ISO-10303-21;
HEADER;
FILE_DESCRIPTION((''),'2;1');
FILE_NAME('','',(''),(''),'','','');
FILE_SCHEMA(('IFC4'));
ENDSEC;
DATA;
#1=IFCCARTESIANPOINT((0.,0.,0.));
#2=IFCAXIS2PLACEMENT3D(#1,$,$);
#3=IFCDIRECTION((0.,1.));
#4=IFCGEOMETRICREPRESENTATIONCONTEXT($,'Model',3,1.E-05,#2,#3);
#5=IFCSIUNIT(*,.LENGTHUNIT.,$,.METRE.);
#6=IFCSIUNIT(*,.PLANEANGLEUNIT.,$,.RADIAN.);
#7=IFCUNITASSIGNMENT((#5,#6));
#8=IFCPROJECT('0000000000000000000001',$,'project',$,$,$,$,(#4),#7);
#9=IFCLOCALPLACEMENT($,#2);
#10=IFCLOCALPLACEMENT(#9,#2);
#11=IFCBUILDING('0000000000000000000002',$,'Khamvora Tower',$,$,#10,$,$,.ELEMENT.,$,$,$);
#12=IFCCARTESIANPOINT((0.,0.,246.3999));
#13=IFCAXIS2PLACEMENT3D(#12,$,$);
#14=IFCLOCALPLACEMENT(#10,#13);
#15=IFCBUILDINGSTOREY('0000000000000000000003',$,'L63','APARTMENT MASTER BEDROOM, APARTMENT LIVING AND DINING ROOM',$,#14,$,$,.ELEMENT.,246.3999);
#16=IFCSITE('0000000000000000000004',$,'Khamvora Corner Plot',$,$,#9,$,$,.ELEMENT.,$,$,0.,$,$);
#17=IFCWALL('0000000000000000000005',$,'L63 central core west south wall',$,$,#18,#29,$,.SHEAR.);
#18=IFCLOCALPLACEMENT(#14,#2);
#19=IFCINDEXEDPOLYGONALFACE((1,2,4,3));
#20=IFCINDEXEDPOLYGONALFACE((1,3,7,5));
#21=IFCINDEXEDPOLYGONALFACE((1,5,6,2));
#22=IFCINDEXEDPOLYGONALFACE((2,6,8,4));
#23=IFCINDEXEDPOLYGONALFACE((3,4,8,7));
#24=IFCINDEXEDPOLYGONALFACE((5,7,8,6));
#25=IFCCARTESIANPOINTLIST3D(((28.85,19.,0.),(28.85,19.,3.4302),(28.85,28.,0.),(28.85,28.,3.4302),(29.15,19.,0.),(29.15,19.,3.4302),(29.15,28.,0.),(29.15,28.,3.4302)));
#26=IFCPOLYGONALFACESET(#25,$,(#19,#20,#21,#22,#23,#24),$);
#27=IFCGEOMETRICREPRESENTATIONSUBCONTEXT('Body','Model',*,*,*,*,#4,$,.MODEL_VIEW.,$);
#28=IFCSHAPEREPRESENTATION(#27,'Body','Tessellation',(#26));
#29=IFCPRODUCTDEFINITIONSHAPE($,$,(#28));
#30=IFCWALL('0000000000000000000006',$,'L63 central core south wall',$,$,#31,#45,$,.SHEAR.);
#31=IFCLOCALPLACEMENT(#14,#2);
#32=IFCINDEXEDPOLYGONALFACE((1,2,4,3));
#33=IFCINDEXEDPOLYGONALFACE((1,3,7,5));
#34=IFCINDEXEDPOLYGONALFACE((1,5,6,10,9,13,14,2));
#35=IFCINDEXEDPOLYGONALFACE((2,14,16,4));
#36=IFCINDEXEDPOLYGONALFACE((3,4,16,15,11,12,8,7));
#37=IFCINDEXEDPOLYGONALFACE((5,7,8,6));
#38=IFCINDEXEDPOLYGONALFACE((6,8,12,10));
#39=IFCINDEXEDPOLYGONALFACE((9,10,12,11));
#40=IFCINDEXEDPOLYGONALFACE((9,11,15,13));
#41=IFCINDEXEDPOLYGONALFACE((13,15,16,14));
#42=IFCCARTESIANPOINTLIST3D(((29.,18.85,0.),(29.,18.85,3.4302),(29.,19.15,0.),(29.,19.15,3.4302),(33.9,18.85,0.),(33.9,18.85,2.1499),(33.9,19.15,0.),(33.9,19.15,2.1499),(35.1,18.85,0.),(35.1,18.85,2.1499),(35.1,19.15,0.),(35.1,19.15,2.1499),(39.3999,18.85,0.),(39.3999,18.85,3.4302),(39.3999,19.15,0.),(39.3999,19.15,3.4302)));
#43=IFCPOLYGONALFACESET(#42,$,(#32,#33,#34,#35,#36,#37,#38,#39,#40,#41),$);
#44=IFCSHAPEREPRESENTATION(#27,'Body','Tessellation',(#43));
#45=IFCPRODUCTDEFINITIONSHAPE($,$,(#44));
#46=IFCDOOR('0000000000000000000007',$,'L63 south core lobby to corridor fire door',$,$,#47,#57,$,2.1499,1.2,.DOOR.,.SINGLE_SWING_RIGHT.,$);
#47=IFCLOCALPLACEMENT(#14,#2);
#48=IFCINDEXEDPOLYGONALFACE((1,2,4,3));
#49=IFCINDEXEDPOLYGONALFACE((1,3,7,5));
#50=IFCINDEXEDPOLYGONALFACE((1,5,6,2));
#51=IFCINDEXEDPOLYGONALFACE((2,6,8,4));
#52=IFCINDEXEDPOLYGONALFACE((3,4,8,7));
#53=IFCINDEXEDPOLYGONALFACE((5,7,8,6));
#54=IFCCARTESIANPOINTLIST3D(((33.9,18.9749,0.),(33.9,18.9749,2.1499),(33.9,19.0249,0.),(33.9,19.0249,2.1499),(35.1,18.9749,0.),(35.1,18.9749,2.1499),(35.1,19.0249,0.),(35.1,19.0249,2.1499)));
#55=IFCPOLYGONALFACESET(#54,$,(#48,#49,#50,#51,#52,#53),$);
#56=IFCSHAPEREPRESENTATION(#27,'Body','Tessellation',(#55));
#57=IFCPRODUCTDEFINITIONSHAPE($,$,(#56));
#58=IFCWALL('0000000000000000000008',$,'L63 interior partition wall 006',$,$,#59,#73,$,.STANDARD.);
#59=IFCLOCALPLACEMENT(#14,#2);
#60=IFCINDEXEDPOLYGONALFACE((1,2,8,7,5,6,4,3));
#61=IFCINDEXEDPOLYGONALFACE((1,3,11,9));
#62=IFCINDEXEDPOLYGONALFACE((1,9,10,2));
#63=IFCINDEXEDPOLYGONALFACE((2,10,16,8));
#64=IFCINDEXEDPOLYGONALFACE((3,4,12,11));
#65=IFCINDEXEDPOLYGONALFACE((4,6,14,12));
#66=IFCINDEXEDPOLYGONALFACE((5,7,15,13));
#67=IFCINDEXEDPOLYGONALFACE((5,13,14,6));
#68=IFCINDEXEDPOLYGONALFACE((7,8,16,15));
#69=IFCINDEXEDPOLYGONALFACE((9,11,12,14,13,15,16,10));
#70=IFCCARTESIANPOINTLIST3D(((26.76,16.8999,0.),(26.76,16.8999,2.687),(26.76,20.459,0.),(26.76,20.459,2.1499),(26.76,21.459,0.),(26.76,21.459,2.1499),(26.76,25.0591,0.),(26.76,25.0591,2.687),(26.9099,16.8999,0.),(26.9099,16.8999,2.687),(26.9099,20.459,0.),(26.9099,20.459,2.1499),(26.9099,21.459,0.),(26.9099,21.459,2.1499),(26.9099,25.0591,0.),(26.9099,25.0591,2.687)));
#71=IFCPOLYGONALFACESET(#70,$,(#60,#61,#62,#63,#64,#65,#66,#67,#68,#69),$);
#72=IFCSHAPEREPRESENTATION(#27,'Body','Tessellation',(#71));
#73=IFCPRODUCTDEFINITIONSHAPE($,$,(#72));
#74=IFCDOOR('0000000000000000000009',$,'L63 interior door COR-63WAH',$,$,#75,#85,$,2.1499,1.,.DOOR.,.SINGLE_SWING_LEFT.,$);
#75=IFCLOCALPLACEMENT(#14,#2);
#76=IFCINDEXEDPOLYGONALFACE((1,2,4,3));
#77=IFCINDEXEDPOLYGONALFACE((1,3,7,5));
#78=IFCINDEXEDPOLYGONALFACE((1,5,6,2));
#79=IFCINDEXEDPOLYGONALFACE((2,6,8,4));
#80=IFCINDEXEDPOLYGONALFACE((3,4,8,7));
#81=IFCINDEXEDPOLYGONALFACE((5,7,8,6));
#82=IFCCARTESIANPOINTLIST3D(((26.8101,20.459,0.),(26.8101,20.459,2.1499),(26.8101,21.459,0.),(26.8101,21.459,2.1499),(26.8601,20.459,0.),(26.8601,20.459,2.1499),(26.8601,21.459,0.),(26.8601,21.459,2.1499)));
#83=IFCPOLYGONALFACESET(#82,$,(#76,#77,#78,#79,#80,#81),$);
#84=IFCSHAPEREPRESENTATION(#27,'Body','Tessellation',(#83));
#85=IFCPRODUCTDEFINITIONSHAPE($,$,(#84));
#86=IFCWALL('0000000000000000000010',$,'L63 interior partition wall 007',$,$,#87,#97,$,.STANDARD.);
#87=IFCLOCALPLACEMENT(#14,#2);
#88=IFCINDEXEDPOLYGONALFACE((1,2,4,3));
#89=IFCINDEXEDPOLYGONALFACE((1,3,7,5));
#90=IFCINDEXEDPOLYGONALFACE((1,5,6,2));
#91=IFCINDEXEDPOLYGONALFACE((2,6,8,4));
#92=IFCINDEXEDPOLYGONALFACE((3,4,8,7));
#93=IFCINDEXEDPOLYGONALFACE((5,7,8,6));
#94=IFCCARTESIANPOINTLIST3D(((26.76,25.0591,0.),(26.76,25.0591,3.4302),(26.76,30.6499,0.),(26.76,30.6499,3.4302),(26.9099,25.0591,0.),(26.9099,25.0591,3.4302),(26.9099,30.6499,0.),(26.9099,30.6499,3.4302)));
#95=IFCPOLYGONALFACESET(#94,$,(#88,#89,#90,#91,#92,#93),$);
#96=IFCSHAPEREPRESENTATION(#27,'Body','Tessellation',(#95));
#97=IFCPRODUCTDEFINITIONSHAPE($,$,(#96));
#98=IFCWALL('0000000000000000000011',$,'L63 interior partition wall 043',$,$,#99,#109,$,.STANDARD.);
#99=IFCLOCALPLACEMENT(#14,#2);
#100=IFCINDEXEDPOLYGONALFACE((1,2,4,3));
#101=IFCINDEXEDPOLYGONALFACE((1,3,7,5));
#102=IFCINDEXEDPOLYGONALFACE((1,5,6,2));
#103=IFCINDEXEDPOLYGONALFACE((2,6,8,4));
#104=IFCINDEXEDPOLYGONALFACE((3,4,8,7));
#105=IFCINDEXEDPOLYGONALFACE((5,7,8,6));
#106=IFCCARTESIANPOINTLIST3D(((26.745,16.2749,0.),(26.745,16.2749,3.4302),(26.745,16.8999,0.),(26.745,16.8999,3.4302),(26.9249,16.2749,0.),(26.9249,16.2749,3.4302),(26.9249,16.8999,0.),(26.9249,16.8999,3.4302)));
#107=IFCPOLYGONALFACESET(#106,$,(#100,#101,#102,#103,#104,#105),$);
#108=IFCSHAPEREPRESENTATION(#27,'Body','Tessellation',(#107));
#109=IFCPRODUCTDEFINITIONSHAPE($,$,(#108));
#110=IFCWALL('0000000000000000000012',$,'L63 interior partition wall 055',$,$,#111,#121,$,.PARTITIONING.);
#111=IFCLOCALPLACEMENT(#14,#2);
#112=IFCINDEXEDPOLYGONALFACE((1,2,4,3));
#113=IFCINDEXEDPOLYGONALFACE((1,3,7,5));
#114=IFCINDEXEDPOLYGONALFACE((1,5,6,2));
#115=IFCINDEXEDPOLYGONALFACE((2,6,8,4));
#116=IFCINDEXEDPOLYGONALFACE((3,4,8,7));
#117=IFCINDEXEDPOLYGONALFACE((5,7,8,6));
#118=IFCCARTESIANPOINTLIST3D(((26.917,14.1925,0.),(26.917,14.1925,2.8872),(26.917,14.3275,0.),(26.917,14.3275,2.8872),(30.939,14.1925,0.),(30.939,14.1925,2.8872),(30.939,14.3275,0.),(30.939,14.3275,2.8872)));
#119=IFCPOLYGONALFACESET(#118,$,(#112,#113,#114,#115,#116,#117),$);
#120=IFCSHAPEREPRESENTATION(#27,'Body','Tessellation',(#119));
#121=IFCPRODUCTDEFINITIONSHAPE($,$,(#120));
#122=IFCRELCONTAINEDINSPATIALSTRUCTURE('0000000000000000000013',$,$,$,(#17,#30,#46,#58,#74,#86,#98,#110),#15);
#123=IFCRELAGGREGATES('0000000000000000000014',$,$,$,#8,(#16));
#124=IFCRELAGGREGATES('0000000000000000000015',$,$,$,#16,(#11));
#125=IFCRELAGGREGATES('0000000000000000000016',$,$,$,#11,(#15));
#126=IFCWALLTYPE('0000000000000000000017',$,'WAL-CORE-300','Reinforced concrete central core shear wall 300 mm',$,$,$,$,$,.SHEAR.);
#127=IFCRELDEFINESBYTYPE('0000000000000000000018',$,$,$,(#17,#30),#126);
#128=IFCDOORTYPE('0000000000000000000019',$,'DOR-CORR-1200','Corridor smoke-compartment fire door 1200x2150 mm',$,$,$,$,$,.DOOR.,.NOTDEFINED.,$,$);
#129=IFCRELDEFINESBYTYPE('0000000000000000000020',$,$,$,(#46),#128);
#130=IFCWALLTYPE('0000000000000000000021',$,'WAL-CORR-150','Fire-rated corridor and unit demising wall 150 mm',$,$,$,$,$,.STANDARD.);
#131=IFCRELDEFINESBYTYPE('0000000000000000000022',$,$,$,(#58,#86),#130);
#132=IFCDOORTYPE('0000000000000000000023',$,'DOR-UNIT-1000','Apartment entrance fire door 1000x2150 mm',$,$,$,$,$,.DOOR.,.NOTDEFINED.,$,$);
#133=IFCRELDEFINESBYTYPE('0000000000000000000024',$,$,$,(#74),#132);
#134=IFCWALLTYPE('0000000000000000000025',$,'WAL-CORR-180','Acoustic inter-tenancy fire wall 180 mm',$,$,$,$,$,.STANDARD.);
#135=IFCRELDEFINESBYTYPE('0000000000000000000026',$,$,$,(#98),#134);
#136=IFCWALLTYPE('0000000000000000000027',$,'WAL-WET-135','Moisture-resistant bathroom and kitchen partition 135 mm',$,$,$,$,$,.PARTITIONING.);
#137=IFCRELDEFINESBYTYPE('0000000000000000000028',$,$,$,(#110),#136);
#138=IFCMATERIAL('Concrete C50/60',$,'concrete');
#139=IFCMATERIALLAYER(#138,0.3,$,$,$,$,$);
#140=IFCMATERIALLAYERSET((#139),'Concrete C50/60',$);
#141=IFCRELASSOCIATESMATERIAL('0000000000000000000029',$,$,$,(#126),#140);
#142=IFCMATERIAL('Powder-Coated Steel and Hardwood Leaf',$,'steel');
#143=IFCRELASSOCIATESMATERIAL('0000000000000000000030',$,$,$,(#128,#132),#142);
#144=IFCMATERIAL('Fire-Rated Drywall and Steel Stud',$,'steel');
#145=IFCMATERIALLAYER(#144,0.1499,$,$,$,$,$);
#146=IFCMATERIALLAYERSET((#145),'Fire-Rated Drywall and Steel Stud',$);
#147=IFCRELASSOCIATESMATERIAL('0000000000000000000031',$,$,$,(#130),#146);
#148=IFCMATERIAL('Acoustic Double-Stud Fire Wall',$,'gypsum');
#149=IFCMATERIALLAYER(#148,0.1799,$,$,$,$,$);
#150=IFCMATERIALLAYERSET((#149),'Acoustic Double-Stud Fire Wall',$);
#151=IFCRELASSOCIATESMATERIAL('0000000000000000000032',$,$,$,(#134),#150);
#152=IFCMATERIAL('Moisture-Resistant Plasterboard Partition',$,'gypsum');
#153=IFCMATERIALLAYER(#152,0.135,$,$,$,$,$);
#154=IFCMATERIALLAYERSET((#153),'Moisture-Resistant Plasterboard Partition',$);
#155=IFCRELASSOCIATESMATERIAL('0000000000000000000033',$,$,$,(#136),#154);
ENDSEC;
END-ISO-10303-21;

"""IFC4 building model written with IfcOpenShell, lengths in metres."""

from ifc_helpers import new_model, si_unit, direction, frame, frame_2d, origin, place, context, subcontext, project, spatial, rectangle, extrude, material, layer, layer_set, type_object, element, fill, save


model = new_model("IFC4")

# Units and contexts
model_context = context("Model", 3, precision=1e-05, world=origin(), true_north=direction((0.0, 1.0)))
body_context = subcontext(model_context, "Body", "Model", "MODEL_VIEW")
ifc_project = project(units=[si_unit("LENGTHUNIT", "METRE"), si_unit("PLANEANGLEUNIT", "RADIAN")], contexts=[model_context])

# Site, building, storey
site_placement = place(None, origin())
site = spatial("IfcSite", under=ifc_project, at=site_placement, Name="Khamvora Corner Plot", CompositionType="ELEMENT", RefElevation=0.0)
building_placement = place(site_placement, origin())
building = spatial("IfcBuilding", under=site, at=building_placement, Name="Khamvora Tower", CompositionType="ELEMENT")
storey_placement = place(building_placement, frame((0.0, 0.0, 246.3999)))
storey = spatial("IfcBuildingStorey", under=building, at=storey_placement, Name="L63", Description="APARTMENT MASTER BEDROOM, APARTMENT LIVING AND DINING ROOM", CompositionType="ELEMENT", Elevation=246.3999)

# Wall
ifc_material_1 = material(Name="Concrete C50/60", Category="concrete")
ifc_layer_1 = layer(ifc_material_1, 0.3)
ifc_layer_set_1 = layer_set([ifc_layer_1], Name="Concrete C50/60")
wall_type_1 = type_object("IfcWallType", Name="WAL-CORE-300", Description="Reinforced concrete central core shear wall 300 mm", PredefinedType="SHEAR", material=ifc_layer_set_1)
wall_1_placement = place(storey_placement, frame((29.0, 19.0, 0.0), z_axis=(0.0, 0.0, 1.0), x_axis=(0.0, 1.0, 0.0)))
element("IfcWall", 1, at=wall_1_placement, inside=storey, type_object=wall_type_1, Name="L63 central core west south wall", PredefinedType="SHEAR", context=body_context, shape_type="SweptSolid", body=[
    extrude(rectangle(XDim=9.0, YDim=0.3, at=frame_2d((4.5, 0.0))), origin(), (0.0, 0.0, 1.0), 3.4302),
])

# Walls, openings, doors
wall_2_placement = place(storey_placement, frame((29.0, 19.0, 0.0), z_axis=(0.0, 0.0, 1.0), x_axis=(1.0, 0.0, 0.0)))
wall_2 = element("IfcWall", 2, at=wall_2_placement, inside=storey, type_object=wall_type_1, Name="L63 central core south wall", PredefinedType="SHEAR", context=body_context, shape_type="SweptSolid", body=[
    extrude(rectangle(XDim=10.3999, YDim=0.3, at=frame_2d((5.2, 0.0))), origin(), (0.0, 0.0, 1.0), 3.4302),
])
opening_1_placement = place(wall_2_placement, frame((4.8999, 0.0, 0.0)))
opening_1 = element("IfcOpeningElement", 3, at=opening_1_placement, cuts=wall_2, PredefinedType="OPENING", context=body_context, shape_type="SweptSolid", body=[
    extrude(rectangle(XDim=1.2, YDim=2.1499, at=frame_2d((0.6001, 1.075))), frame((0.0, 0.1599, 0.0), z_axis=(0.0, -1.0, 0.0), x_axis=(1.0, 0.0, 0.0)), (0.0, 0.0, 1.0), 0.3201),
])
ifc_material_2 = material(Name="Powder-Coated Steel and Hardwood Leaf", Category="steel")
door_type_1 = type_object("IfcDoorType", Name="DOR-CORR-1200", Description="Corridor smoke-compartment fire door 1200x2150 mm", OperationType="NOTDEFINED", PredefinedType="DOOR", material=ifc_material_2)
door_1_placement = place(opening_1_placement, origin())
door_1 = element("IfcDoor", 4, at=door_1_placement, inside=storey, type_object=door_type_1, Name="L63 south core lobby to corridor fire door", OperationType="SINGLE_SWING_RIGHT", OverallHeight=2.1499, OverallWidth=1.2, PredefinedType="DOOR", context=body_context, shape_type="SweptSolid", body=[
    extrude(rectangle(XDim=1.2, YDim=2.1499, at=frame_2d((0.6001, 1.075))), frame((0.0, 0.0249, 0.0), z_axis=(0.0, -1.0, 0.0), x_axis=(1.0, 0.0, 0.0)), (0.0, 0.0, 1.0), 0.05),
])
fill(opening_1, door_1)
ifc_material_3 = material(Name="Fire-Rated Drywall and Steel Stud", Category="steel")
ifc_layer_2 = layer(ifc_material_3, 0.1499)
ifc_layer_set_2 = layer_set([ifc_layer_2], Name="Fire-Rated Drywall and Steel Stud")
wall_type_2 = type_object("IfcWallType", Name="WAL-CORR-150", Description="Fire-rated corridor and unit demising wall 150 mm", PredefinedType="STANDARD", material=ifc_layer_set_2)
wall_3_placement = place(storey_placement, frame((26.835, 16.8999, 0.0), z_axis=(0.0, 0.0, 1.0), x_axis=(0.0, 1.0, 0.0)))
wall_3 = element("IfcWall", 5, at=wall_3_placement, inside=storey, type_object=wall_type_2, Name="L63 interior partition wall 006", PredefinedType="STANDARD", context=body_context, shape_type="SweptSolid", body=[
    extrude(rectangle(XDim=8.1592, YDim=0.1499, at=frame_2d((4.0796, 0.0))), origin(), (0.0, 0.0, 1.0), 2.687),
])
opening_2_placement = place(wall_3_placement, frame((3.5591, 0.0, 0.0)))
opening_2 = element("IfcOpeningElement", 6, at=opening_2_placement, cuts=wall_3, PredefinedType="OPENING", context=body_context, shape_type="SweptSolid", body=[
    extrude(rectangle(XDim=1.0, YDim=2.1499, at=frame_2d((0.5, 1.075))), frame((0.0, 0.085, 0.0), z_axis=(0.0, -1.0, 0.0), x_axis=(1.0, 0.0, 0.0)), (0.0, 0.0, 1.0), 0.1699),
])
door_type_2 = type_object("IfcDoorType", Name="DOR-UNIT-1000", Description="Apartment entrance fire door 1000x2150 mm", OperationType="NOTDEFINED", PredefinedType="DOOR", material=ifc_material_2)
door_2_placement = place(opening_2_placement, origin())
door_2 = element("IfcDoor", 7, at=door_2_placement, inside=storey, type_object=door_type_2, Name="L63 interior door COR-63WAH", OperationType="SINGLE_SWING_LEFT", OverallHeight=2.1499, OverallWidth=1.0, PredefinedType="DOOR", context=body_context, shape_type="SweptSolid", body=[
    extrude(rectangle(XDim=1.0, YDim=2.1499, at=frame_2d((0.5, 1.075))), frame((0.0, 0.0249, 0.0), z_axis=(0.0, -1.0, 0.0), x_axis=(1.0, 0.0, 0.0)), (0.0, 0.0, 1.0), 0.05),
])
fill(opening_2, door_2)

# Walls
wall_4_placement = place(storey_placement, frame((26.835, 25.0591, 0.0), z_axis=(0.0, 0.0, 1.0), x_axis=(0.0, 1.0, 0.0)))
element("IfcWall", 8, at=wall_4_placement, inside=storey, type_object=wall_type_2, Name="L63 interior partition wall 007", PredefinedType="STANDARD", context=body_context, shape_type="SweptSolid", body=[
    extrude(rectangle(XDim=5.5908, YDim=0.1499, at=frame_2d((2.7954, 0.0))), origin(), (0.0, 0.0, 1.0), 3.4302),
])
ifc_material_4 = material(Name="Acoustic Double-Stud Fire Wall", Category="gypsum")
ifc_layer_3 = layer(ifc_material_4, 0.1799)
ifc_layer_set_3 = layer_set([ifc_layer_3], Name="Acoustic Double-Stud Fire Wall")
wall_type_3 = type_object("IfcWallType", Name="WAL-CORR-180", Description="Acoustic inter-tenancy fire wall 180 mm", PredefinedType="STANDARD", material=ifc_layer_set_3)
wall_5_placement = place(storey_placement, frame((26.835, 16.8999, 0.0), z_axis=(0.0, 0.0, 1.0), x_axis=(0.0, -1.0, 0.0)))
element("IfcWall", 9, at=wall_5_placement, inside=storey, type_object=wall_type_3, Name="L63 interior partition wall 043", PredefinedType="STANDARD", context=body_context, shape_type="SweptSolid", body=[
    extrude(rectangle(XDim=0.625, YDim=0.1799, at=frame_2d((0.3125, 0.0))), origin(), (0.0, 0.0, 1.0), 3.4302),
])
ifc_material_5 = material(Name="Moisture-Resistant Plasterboard Partition", Category="gypsum")
ifc_layer_4 = layer(ifc_material_5, 0.135)
ifc_layer_set_4 = layer_set([ifc_layer_4], Name="Moisture-Resistant Plasterboard Partition")
wall_type_4 = type_object("IfcWallType", Name="WAL-WET-135", Description="Moisture-resistant bathroom and kitchen partition 135 mm", PredefinedType="PARTITIONING", material=ifc_layer_set_4)
wall_6_placement = place(storey_placement, frame((26.917, 14.26, 0.0), z_axis=(0.0, 0.0, 1.0), x_axis=(1.0, 0.0, 0.0)))
element("IfcWall", 10, at=wall_6_placement, inside=storey, type_object=wall_type_4, Name="L63 interior partition wall 055", PredefinedType="PARTITIONING", context=body_context, shape_type="SweptSolid", body=[
    extrude(rectangle(XDim=4.022, YDim=0.135, at=frame_2d((2.011, 0.0))), origin(), (0.0, 0.0, 1.0), 2.8872),
])

save(model, "model.ifc")
